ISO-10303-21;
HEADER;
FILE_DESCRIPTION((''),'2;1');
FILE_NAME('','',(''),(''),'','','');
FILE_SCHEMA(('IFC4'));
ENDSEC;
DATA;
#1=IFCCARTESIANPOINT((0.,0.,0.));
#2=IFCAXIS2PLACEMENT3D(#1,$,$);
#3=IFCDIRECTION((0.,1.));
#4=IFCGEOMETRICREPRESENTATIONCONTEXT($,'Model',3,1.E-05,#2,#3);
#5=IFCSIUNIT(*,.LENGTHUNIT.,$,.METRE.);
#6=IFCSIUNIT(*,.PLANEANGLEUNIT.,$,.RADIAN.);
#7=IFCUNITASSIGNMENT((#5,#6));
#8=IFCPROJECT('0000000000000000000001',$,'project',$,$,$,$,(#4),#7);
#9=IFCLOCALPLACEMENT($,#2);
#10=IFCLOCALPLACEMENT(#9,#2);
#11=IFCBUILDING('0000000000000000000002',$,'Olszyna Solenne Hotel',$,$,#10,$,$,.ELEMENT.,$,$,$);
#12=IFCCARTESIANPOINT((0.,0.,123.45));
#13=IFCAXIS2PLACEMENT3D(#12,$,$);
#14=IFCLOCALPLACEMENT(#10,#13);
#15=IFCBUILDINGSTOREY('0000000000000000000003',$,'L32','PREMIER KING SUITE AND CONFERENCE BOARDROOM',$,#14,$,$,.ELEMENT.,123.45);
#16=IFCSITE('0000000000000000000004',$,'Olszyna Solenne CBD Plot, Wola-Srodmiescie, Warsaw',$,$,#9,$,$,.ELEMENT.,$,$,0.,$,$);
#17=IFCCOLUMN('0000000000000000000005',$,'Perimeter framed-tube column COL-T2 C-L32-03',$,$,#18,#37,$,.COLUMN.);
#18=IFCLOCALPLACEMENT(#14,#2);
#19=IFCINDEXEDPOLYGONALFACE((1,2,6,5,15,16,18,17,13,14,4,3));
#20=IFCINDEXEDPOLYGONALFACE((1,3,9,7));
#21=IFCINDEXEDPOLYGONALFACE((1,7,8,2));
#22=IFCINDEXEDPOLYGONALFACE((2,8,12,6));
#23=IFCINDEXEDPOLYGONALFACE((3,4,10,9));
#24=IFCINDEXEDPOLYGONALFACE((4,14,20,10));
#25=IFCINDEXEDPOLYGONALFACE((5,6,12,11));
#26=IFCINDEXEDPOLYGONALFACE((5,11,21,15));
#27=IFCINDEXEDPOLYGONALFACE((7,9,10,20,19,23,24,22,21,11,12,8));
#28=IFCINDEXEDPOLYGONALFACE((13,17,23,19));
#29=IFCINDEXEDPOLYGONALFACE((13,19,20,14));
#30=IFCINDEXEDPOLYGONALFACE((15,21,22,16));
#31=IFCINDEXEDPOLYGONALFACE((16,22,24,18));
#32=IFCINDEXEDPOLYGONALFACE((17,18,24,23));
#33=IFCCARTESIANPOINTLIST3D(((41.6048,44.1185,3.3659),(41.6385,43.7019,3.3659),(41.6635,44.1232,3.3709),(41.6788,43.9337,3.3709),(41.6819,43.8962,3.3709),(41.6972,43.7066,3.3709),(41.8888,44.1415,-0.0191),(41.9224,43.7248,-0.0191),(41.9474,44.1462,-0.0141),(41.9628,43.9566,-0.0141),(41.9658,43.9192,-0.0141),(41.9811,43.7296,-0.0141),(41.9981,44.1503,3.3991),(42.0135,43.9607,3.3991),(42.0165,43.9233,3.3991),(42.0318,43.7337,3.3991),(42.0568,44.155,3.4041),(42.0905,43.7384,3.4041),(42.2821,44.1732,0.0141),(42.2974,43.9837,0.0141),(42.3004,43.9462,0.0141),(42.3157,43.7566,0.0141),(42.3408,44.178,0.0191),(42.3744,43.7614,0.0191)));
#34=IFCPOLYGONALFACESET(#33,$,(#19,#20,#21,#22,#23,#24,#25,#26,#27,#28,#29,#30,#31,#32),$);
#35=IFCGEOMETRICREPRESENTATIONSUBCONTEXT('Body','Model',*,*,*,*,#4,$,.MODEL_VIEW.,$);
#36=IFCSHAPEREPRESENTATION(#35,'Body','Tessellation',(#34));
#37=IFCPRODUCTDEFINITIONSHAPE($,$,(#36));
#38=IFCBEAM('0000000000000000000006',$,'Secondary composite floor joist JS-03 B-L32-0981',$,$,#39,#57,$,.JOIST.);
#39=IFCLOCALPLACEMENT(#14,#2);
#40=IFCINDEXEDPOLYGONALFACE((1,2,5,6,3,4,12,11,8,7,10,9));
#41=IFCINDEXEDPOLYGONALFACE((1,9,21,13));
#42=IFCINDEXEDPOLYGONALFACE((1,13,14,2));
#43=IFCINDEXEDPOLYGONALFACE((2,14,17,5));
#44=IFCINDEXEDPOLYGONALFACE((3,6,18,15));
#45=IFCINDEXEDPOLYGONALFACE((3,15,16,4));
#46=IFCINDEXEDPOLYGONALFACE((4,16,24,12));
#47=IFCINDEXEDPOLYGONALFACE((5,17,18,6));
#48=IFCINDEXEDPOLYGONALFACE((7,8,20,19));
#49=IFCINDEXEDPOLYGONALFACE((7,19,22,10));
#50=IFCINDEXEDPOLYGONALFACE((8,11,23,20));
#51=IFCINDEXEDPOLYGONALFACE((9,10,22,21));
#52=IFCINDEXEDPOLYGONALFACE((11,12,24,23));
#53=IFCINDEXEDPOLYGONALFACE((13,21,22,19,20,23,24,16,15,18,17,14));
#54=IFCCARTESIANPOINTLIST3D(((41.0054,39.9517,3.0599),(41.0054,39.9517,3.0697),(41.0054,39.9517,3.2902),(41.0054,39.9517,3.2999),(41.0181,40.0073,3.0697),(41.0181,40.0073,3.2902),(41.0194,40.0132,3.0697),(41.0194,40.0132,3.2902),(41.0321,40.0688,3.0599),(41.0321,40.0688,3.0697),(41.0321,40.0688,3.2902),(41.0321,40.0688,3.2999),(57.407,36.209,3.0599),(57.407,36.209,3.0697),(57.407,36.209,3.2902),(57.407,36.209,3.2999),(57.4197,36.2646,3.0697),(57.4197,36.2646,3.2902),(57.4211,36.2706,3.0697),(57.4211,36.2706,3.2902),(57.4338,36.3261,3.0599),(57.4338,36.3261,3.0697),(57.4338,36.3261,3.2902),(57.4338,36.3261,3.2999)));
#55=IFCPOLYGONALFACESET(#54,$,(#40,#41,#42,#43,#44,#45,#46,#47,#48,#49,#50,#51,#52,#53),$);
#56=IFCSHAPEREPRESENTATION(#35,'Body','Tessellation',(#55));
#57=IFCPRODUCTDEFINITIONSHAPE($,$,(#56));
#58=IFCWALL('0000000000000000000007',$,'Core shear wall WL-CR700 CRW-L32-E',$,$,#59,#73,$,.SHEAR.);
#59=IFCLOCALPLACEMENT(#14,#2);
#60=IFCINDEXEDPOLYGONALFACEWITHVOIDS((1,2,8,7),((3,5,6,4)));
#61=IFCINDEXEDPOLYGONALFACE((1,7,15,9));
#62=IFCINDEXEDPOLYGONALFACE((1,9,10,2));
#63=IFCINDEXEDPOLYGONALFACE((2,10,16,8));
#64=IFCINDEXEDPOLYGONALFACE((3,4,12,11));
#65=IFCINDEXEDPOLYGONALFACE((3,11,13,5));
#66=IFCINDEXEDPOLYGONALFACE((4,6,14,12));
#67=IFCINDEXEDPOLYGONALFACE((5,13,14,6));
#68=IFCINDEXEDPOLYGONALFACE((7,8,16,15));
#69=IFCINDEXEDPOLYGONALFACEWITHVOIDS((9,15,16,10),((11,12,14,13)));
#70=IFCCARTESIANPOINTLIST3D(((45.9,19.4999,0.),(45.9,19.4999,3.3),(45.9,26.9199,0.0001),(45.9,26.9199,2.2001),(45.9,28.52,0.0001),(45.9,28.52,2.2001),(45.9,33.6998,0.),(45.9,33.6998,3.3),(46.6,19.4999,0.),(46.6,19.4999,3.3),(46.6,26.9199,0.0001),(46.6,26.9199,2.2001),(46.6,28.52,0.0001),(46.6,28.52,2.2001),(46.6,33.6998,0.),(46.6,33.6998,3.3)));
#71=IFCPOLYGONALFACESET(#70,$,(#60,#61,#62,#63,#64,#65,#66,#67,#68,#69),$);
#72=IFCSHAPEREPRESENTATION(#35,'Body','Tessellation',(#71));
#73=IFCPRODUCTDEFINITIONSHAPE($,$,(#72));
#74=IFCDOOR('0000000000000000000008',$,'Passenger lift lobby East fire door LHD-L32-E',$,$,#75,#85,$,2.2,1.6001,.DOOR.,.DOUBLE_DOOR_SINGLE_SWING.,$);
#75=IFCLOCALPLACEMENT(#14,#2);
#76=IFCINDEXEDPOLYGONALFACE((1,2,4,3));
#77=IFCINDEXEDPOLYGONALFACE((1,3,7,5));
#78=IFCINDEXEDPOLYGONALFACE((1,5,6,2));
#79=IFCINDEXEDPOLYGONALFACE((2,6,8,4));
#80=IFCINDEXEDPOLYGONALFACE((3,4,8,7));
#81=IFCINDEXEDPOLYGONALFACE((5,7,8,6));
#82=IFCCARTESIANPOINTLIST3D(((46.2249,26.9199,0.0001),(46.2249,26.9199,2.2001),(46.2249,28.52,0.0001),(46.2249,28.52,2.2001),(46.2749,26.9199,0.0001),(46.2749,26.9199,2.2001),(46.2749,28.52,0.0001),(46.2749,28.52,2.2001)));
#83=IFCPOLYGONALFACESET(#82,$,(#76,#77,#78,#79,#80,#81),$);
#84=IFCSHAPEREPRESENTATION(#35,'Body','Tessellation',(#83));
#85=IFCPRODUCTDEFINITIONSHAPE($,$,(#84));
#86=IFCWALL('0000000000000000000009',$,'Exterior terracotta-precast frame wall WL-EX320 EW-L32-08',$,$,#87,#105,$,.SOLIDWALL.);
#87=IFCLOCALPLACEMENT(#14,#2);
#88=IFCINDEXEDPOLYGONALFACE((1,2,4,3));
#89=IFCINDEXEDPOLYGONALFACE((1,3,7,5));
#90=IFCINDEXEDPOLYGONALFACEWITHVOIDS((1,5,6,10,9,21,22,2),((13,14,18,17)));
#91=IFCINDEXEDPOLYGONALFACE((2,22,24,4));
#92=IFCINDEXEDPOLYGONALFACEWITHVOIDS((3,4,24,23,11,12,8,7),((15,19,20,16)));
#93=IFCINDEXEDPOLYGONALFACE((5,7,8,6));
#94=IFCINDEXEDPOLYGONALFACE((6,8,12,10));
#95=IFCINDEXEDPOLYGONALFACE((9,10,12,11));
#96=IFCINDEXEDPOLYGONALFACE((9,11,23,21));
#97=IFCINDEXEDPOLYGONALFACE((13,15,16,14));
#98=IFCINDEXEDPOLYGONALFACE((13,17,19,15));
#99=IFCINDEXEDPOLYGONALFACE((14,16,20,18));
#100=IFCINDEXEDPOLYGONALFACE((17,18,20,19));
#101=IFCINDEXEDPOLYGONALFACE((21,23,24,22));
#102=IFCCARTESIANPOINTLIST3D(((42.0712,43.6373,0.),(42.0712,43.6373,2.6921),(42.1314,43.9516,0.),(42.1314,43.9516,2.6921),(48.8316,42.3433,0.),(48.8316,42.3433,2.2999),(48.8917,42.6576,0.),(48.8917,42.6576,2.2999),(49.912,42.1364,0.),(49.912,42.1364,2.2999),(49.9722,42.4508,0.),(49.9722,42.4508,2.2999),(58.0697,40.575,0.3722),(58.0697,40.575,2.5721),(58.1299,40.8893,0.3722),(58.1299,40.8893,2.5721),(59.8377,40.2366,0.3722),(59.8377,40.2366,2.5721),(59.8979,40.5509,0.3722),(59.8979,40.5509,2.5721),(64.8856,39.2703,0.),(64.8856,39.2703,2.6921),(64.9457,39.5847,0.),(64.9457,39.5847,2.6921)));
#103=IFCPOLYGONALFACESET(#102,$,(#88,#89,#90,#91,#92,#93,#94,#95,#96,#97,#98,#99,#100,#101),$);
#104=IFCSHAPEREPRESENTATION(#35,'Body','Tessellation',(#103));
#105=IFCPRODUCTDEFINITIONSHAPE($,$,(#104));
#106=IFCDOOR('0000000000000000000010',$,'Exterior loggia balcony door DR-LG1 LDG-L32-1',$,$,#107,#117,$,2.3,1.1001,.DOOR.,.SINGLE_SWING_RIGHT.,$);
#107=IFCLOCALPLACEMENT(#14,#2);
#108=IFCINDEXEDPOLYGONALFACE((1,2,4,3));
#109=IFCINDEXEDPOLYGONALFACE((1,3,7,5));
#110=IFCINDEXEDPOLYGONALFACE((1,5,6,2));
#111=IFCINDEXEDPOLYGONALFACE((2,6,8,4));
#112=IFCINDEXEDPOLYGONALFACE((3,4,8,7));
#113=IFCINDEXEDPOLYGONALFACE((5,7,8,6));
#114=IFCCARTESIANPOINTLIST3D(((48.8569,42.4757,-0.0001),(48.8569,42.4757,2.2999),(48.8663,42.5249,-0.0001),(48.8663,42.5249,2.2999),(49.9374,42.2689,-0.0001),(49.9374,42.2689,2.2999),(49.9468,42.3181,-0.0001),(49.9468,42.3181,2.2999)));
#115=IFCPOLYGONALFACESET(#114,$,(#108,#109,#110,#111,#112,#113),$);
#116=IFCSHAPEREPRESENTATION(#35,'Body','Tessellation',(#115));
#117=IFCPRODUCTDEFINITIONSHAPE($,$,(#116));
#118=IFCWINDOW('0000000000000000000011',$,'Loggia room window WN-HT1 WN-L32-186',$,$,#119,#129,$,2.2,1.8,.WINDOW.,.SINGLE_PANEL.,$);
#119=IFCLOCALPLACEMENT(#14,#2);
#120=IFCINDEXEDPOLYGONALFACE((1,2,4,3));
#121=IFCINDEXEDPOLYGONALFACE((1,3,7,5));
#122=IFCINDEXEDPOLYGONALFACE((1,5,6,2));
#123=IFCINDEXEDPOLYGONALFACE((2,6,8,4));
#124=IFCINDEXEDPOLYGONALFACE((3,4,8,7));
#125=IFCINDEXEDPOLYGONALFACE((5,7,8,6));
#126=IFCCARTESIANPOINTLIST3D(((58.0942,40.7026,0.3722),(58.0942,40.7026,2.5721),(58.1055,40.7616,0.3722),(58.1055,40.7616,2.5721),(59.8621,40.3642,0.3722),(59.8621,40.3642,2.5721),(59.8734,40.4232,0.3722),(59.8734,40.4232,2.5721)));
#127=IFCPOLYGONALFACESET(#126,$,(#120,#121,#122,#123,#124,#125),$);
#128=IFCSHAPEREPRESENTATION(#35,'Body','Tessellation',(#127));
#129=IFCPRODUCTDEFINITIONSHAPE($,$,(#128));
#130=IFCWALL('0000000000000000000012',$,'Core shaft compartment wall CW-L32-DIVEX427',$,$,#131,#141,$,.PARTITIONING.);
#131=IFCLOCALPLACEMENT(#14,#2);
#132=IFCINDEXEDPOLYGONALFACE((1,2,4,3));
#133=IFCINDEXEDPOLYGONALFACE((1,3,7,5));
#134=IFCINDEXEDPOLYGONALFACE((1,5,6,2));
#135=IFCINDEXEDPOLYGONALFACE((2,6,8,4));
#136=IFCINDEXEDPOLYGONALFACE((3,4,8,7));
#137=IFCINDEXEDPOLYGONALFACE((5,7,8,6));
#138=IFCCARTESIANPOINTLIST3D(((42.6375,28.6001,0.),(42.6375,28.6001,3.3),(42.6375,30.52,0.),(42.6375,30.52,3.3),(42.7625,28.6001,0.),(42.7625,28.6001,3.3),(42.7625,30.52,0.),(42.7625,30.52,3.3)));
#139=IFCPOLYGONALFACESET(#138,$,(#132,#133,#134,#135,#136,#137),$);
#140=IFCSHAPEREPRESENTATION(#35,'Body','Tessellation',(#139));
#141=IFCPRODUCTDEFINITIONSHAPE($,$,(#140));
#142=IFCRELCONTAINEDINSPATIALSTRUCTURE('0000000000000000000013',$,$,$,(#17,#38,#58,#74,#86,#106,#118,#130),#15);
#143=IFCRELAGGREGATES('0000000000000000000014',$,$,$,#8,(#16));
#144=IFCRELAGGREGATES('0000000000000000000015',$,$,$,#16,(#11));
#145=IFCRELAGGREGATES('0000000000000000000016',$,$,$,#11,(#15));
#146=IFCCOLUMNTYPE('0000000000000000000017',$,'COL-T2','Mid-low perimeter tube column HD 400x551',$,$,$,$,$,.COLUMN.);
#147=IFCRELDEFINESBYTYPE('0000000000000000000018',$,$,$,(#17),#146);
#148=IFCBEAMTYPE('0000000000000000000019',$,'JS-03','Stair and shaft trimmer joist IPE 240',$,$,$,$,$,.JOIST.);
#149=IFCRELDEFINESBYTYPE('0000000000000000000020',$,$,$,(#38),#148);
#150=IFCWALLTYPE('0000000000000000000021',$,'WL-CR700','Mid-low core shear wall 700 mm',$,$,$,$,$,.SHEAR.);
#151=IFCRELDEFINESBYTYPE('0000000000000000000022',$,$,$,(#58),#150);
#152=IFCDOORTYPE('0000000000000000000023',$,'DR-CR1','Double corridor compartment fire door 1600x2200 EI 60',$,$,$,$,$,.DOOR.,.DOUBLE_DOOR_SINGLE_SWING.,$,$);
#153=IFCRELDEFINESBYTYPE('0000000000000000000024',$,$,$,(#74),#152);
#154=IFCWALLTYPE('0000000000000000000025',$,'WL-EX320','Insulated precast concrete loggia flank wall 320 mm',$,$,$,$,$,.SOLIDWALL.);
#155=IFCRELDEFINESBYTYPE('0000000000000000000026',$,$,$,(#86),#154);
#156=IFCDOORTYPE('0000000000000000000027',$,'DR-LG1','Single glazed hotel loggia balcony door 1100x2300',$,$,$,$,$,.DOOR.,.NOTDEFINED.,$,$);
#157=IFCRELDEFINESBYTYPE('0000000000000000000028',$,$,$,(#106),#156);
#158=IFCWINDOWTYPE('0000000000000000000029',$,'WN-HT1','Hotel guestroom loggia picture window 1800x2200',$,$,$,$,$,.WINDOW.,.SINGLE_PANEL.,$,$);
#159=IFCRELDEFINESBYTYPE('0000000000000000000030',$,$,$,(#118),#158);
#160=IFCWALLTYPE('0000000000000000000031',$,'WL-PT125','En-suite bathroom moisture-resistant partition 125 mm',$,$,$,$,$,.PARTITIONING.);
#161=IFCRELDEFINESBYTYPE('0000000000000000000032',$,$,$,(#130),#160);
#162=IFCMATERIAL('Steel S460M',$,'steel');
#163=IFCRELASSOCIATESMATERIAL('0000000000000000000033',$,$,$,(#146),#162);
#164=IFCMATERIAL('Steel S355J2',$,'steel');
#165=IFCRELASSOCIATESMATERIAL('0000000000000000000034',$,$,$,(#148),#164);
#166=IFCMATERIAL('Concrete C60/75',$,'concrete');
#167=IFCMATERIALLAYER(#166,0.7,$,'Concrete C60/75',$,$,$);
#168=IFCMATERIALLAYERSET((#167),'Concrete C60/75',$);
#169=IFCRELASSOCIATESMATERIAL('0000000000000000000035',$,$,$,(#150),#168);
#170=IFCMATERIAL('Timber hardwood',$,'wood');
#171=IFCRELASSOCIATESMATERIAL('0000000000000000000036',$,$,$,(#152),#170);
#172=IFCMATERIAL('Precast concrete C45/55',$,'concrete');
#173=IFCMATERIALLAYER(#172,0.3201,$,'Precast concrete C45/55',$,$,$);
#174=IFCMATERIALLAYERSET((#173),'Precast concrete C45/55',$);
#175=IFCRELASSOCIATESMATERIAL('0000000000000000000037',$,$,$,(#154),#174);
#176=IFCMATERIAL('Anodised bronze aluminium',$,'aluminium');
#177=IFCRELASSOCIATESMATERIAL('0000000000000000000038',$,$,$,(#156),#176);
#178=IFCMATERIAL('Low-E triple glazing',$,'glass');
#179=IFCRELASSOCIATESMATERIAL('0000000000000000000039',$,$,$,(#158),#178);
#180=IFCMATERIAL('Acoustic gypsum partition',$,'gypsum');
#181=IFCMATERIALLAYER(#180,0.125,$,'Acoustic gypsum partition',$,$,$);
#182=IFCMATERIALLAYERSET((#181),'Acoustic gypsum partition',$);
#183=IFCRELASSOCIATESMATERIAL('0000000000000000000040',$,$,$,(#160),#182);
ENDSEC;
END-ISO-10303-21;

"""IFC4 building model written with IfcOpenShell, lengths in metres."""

from ifc_helpers import new_model, si_unit, direction, frame, frame_2d, origin, origin_2d, place, context, subcontext, project, spatial, rectangle, i_section, extrude, source, transform, mapped, material, layer, layer_set, material_profile, profile_set, type_object, type_shapes, element, fill, save


model = new_model("IFC4")

# Units and contexts
model_context = context("Model", 3, precision=1e-05, world=origin(), true_north=direction((0.0, 1.0)))
body_context = subcontext(model_context, "Body", "Model", "MODEL_VIEW")
ifc_project = project(units=[si_unit("LENGTHUNIT", "METRE"), si_unit("PLANEANGLEUNIT", "RADIAN")], contexts=[model_context])

# Site, building, storey
site_placement = place(None, origin())
site = spatial("IfcSite", under=ifc_project, at=site_placement, Name="Olszyna Solenne CBD Plot, Wola-Srodmiescie, Warsaw", CompositionType="ELEMENT", RefElevation=0.0)
building_placement = place(site_placement, origin())
building = spatial("IfcBuilding", under=site, at=building_placement, Name="Olszyna Solenne Hotel", CompositionType="ELEMENT")
storey_placement = place(building_placement, frame((0.0, 0.0, 123.45)))
storey = spatial("IfcBuildingStorey", under=building, at=storey_placement, Name="L32", Description="PREMIER KING SUITE AND CONFERENCE BOARDROOM", CompositionType="ELEMENT", Elevation=123.45)

# Column
ifc_material_1 = material(Name="Steel S460M", Category="steel")
ifc_material_profile_1 = material_profile(ifc_material_1, i_section(OverallWidth=0.418, OverallDepth=0.4551, WebThickness=0.0376, FlangeThickness=0.0591, at=origin_2d()), Name="HD 400x551", Category="load-bearing")
ifc_profile_set_1 = profile_set([ifc_material_profile_1], Name="Steel S460M")
column_type = type_object("IfcColumnType", Name="COL-T2", Description="Mid-low perimeter tube column HD 400x551", PredefinedType="COLUMN", material=ifc_profile_set_1)
shared_shape_1 = source(origin(), body_context, "Body", "SweptSolid", [
    extrude(i_section(OverallWidth=0.418, OverallDepth=0.4551, WebThickness=0.0376, FlangeThickness=0.0591, at=origin_2d()), origin(), (0.0, 0.0, 1.0), 3.397),
])
column_placement = place(storey_placement, frame((42.1316, 43.9514, 0.0), z_axis=(-0.083585, -0.006756, 0.996478), x_axis=(0.080563, -0.99675, 0.0)))
element("IfcColumn", 1, at=column_placement, inside=storey, type_object=column_type, Name="Perimeter framed-tube column COL-T2 C-L32-03", PredefinedType="COLUMN", context=body_context, shape_type="MappedRepresentation", body=[
    mapped(shared_shape_1, transform((0.0, 0.0, 0.0), x_axis=(1.0, 0.0, 0.0), y_axis=(0.0, 1.0, 0.0), z_axis=(0.0, 0.0, 1.0), scale=1.0)),
])

# Beam
ifc_material_2 = material(Name="Steel S355J2", Category="steel")
ifc_material_profile_2 = material_profile(ifc_material_2, i_section(OverallWidth=0.1201, OverallDepth=0.24, WebThickness=0.0061, FlangeThickness=0.0098, at=origin_2d()), Name="IPE 240", Category="load-bearing")
ifc_profile_set_2 = profile_set([ifc_material_profile_2], Name="Steel S355J2")
beam_type = type_object("IfcBeamType", Name="JS-03", Description="Stair and shaft trimmer joist IPE 240", PredefinedType="JOIST", material=ifc_profile_set_2)
shared_shape_2 = source(origin(), body_context, "Body", "SweptSolid", [
    extrude(i_section(OverallWidth=0.1201, OverallDepth=0.24, WebThickness=0.0061, FlangeThickness=0.0098, at=origin_2d()), origin(), (0.0, 0.0, 1.0), 16.8232),
])
beam_placement = place(storey_placement, frame((57.4204, 36.2676, 3.1799), z_axis=(-0.974939, 0.222471, 0.0), x_axis=(-0.222471, -0.974939, 0.0)))
element("IfcBeam", 2, at=beam_placement, inside=storey, type_object=beam_type, Name="Secondary composite floor joist JS-03 B-L32-0981", PredefinedType="JOIST", context=body_context, shape_type="MappedRepresentation", body=[
    mapped(shared_shape_2, transform((0.0, 0.0, 0.0), x_axis=(1.0, 0.0, 0.0), y_axis=(0.0, 1.0, 0.0), z_axis=(0.0, 0.0, 1.0), scale=1.0)),
])

# Wall, opening, door
ifc_material_3 = material(Name="Concrete C60/75", Category="concrete")
ifc_layer_1 = layer(ifc_material_3, 0.7, Name="Concrete C60/75")
ifc_layer_set_1 = layer_set([ifc_layer_1], Name="Concrete C60/75")
wall_type_1 = type_object("IfcWallType", Name="WL-CR700", Description="Mid-low core shear wall 700 mm", PredefinedType="SHEAR", material=ifc_layer_set_1)
wall_1_placement = place(storey_placement, frame((46.25, 33.7, 0.0), z_axis=(0.0, 0.0, 1.0), x_axis=(0.0, -1.0, 0.0)))
wall_1 = element("IfcWall", 3, at=wall_1_placement, inside=storey, type_object=wall_type_1, Name="Core shear wall WL-CR700 CRW-L32-E", PredefinedType="SHEAR", context=body_context, shape_type="SweptSolid", body=[
    extrude(rectangle(XDim=14.2, YDim=0.7, at=frame_2d((7.1001, 0.0))), origin(), (0.0, 0.0, 1.0), 3.3),
])
opening_1_placement = place(wall_1_placement, frame((5.1799, 0.0, 0.0)))
opening_1 = element("IfcOpeningElement", 4, at=opening_1_placement, cuts=wall_1, PredefinedType="OPENING", context=body_context, shape_type="SweptSolid", body=[
    extrude(rectangle(XDim=1.6001, YDim=2.2, at=frame_2d((0.8, 1.1001))), frame((0.0, 0.3599, 0.0), z_axis=(0.0, -1.0, 0.0), x_axis=(1.0, 0.0, 0.0)), (0.0, 0.0, 1.0), 0.72),
])
ifc_material_4 = material(Name="Timber hardwood", Category="wood")
door_type_1 = type_object("IfcDoorType", Name="DR-CR1", Description="Double corridor compartment fire door 1600x2200 EI 60", OperationType="DOUBLE_DOOR_SINGLE_SWING", PredefinedType="DOOR", material=ifc_material_4)
shared_shape_3 = source(origin(), body_context, "Body", "SweptSolid", [
    extrude(rectangle(XDim=1.6001, YDim=2.2, at=frame_2d((0.8, 1.1001))), frame((0.0, 0.0249, 0.0), z_axis=(0.0, -1.0, 0.0), x_axis=(1.0, 0.0, 0.0)), (0.0, 0.0, 1.0), 0.05),
])
type_shapes(door_type_1, [shared_shape_3])
door_1_placement = place(opening_1_placement, origin())
door_1 = element("IfcDoor", 5, at=door_1_placement, inside=storey, type_object=door_type_1, Name="Passenger lift lobby East fire door LHD-L32-E", OperationType="DOUBLE_DOOR_SINGLE_SWING", OverallHeight=2.2, OverallWidth=1.6001, PredefinedType="DOOR", context=body_context, shape_type="MappedRepresentation", body=[
    mapped(shared_shape_3, transform((0.0, 0.0, 0.0), x_axis=(1.0, 0.0, 0.0), y_axis=(0.0, 1.0, 0.0), z_axis=(0.0, 0.0, 1.0), scale=1.0)),
])
fill(opening_1, door_1)

# Wall, openings, door, window
ifc_material_5 = material(Name="Precast concrete C45/55", Category="concrete")
ifc_layer_2 = layer(ifc_material_5, 0.3201, Name="Precast concrete C45/55")
ifc_layer_set_2 = layer_set([ifc_layer_2], Name="Precast concrete C45/55")
wall_type_2 = type_object("IfcWallType", Name="WL-EX320", Description="Insulated precast concrete loggia flank wall 320 mm", PredefinedType="SOLIDWALL", material=ifc_layer_set_2)
wall_2_placement = place(storey_placement, frame((42.1013, 43.7944, 0.0), z_axis=(0.0, 0.0, 1.0), x_axis=(0.982169, -0.187998, 0.0)))
wall_2 = element("IfcWall", 6, at=wall_2_placement, inside=storey, type_object=wall_type_2, Name="Exterior terracotta-precast frame wall WL-EX320 EW-L32-08", PredefinedType="SOLIDWALL", context=body_context, shape_type="SweptSolid", body=[
    extrude(rectangle(XDim=23.2285, YDim=0.3201, at=frame_2d((11.6143, 0.0))), origin(), (0.0, 0.0, 1.0), 2.6921),
])
opening_2_placement = place(wall_2_placement, frame((6.8831, 0.0, 0.0)))
opening_2 = element("IfcOpeningElement", 7, at=opening_2_placement, cuts=wall_2, PredefinedType="OPENING", context=body_context, shape_type="SweptSolid", body=[
    extrude(rectangle(XDim=1.1001, YDim=2.3, at=frame_2d((0.55, 1.1499))), frame((0.0, 0.1699, 0.0), z_axis=(0.0, -1.0, 0.0), x_axis=(1.0, 0.0, 0.0)), (0.0, 0.0, 1.0), 0.3401),
])
opening_3_placement = place(wall_2_placement, frame((16.2891, 0.0, 0.3721)))
opening_3 = element("IfcOpeningElement", 8, at=opening_3_placement, cuts=wall_2, PredefinedType="OPENING", context=body_context, shape_type="SweptSolid", body=[
    extrude(rectangle(XDim=1.8, YDim=2.2, at=frame_2d((0.8999, 1.1001))), frame((0.0, 0.1699, 0.0), z_axis=(0.0, -1.0, 0.0), x_axis=(1.0, 0.0, 0.0)), (0.0, 0.0, 1.0), 0.3401),
])
ifc_material_6 = material(Name="Anodised bronze aluminium", Category="aluminium")
door_type_2 = type_object("IfcDoorType", Name="DR-LG1", Description="Single glazed hotel loggia balcony door 1100x2300", OperationType="NOTDEFINED", PredefinedType="DOOR", material=ifc_material_6)
shared_shape_4 = source(origin(), body_context, "Body", "SweptSolid", [
    extrude(rectangle(XDim=1.1001, YDim=2.3, at=frame_2d((0.55, 1.1499))), frame((0.0, 0.0249, 0.0), z_axis=(0.0, -1.0, 0.0), x_axis=(1.0, 0.0, 0.0)), (0.0, 0.0, 1.0), 0.05),
])
type_shapes(door_type_2, [shared_shape_4])
door_2_placement = place(opening_2_placement, origin())
door_2 = element("IfcDoor", 9, at=door_2_placement, inside=storey, type_object=door_type_2, Name="Exterior loggia balcony door DR-LG1 LDG-L32-1", OperationType="SINGLE_SWING_RIGHT", OverallHeight=2.3, OverallWidth=1.1001, PredefinedType="DOOR", context=body_context, shape_type="MappedRepresentation", body=[
    mapped(shared_shape_4, transform((0.0, 0.0, 0.0), x_axis=(1.0, 0.0, 0.0), y_axis=(0.0, 1.0, 0.0), z_axis=(0.0, 0.0, 1.0), scale=1.0)),
])
fill(opening_2, door_2)
ifc_material_7 = material(Name="Low-E triple glazing", Category="glass")
window_type = type_object("IfcWindowType", Name="WN-HT1", Description="Hotel guestroom loggia picture window 1800x2200", PartitioningType="SINGLE_PANEL", PredefinedType="WINDOW", material=ifc_material_7)
shared_shape_5 = source(origin(), body_context, "Body", "SweptSolid", [
    extrude(rectangle(XDim=1.8, YDim=2.2, at=frame_2d((0.8999, 1.1001))), frame((0.0, 0.03, 0.0), z_axis=(0.0, -1.0, 0.0), x_axis=(1.0, 0.0, 0.0)), (0.0, 0.0, 1.0), 0.0601),
])
type_shapes(window_type, [shared_shape_5])
window_placement = place(opening_3_placement, origin())
window = element("IfcWindow", 10, at=window_placement, inside=storey, type_object=window_type, Name="Loggia room window WN-HT1 WN-L32-186", OverallHeight=2.2, OverallWidth=1.8, PartitioningType="SINGLE_PANEL", PredefinedType="WINDOW", context=body_context, shape_type="MappedRepresentation", body=[
    mapped(shared_shape_5, transform((0.0, 0.0, 0.0), x_axis=(1.0, 0.0, 0.0), y_axis=(0.0, 1.0, 0.0), z_axis=(0.0, 0.0, 1.0), scale=1.0)),
])
fill(opening_3, window)

# Wall
ifc_material_8 = material(Name="Acoustic gypsum partition", Category="gypsum")
ifc_layer_3 = layer(ifc_material_8, 0.125, Name="Acoustic gypsum partition")
ifc_layer_set_3 = layer_set([ifc_layer_3], Name="Acoustic gypsum partition")
wall_type_3 = type_object("IfcWallType", Name="WL-PT125", Description="En-suite bathroom moisture-resistant partition 125 mm", PredefinedType="PARTITIONING", material=ifc_layer_set_3)
wall_3_placement = place(storey_placement, frame((42.7, 28.6001, 0.0), z_axis=(0.0, 0.0, 1.0), x_axis=(0.0, 1.0, 0.0)))
element("IfcWall", 11, at=wall_3_placement, inside=storey, type_object=wall_type_3, Name="Core shaft compartment wall CW-L32-DIVEX427", PredefinedType="PARTITIONING", context=body_context, shape_type="SweptSolid", body=[
    extrude(rectangle(XDim=1.9199, YDim=0.125, at=frame_2d((0.96, 0.0))), origin(), (0.0, 0.0, 1.0), 3.3),
])

save(model, "model.ifc")
